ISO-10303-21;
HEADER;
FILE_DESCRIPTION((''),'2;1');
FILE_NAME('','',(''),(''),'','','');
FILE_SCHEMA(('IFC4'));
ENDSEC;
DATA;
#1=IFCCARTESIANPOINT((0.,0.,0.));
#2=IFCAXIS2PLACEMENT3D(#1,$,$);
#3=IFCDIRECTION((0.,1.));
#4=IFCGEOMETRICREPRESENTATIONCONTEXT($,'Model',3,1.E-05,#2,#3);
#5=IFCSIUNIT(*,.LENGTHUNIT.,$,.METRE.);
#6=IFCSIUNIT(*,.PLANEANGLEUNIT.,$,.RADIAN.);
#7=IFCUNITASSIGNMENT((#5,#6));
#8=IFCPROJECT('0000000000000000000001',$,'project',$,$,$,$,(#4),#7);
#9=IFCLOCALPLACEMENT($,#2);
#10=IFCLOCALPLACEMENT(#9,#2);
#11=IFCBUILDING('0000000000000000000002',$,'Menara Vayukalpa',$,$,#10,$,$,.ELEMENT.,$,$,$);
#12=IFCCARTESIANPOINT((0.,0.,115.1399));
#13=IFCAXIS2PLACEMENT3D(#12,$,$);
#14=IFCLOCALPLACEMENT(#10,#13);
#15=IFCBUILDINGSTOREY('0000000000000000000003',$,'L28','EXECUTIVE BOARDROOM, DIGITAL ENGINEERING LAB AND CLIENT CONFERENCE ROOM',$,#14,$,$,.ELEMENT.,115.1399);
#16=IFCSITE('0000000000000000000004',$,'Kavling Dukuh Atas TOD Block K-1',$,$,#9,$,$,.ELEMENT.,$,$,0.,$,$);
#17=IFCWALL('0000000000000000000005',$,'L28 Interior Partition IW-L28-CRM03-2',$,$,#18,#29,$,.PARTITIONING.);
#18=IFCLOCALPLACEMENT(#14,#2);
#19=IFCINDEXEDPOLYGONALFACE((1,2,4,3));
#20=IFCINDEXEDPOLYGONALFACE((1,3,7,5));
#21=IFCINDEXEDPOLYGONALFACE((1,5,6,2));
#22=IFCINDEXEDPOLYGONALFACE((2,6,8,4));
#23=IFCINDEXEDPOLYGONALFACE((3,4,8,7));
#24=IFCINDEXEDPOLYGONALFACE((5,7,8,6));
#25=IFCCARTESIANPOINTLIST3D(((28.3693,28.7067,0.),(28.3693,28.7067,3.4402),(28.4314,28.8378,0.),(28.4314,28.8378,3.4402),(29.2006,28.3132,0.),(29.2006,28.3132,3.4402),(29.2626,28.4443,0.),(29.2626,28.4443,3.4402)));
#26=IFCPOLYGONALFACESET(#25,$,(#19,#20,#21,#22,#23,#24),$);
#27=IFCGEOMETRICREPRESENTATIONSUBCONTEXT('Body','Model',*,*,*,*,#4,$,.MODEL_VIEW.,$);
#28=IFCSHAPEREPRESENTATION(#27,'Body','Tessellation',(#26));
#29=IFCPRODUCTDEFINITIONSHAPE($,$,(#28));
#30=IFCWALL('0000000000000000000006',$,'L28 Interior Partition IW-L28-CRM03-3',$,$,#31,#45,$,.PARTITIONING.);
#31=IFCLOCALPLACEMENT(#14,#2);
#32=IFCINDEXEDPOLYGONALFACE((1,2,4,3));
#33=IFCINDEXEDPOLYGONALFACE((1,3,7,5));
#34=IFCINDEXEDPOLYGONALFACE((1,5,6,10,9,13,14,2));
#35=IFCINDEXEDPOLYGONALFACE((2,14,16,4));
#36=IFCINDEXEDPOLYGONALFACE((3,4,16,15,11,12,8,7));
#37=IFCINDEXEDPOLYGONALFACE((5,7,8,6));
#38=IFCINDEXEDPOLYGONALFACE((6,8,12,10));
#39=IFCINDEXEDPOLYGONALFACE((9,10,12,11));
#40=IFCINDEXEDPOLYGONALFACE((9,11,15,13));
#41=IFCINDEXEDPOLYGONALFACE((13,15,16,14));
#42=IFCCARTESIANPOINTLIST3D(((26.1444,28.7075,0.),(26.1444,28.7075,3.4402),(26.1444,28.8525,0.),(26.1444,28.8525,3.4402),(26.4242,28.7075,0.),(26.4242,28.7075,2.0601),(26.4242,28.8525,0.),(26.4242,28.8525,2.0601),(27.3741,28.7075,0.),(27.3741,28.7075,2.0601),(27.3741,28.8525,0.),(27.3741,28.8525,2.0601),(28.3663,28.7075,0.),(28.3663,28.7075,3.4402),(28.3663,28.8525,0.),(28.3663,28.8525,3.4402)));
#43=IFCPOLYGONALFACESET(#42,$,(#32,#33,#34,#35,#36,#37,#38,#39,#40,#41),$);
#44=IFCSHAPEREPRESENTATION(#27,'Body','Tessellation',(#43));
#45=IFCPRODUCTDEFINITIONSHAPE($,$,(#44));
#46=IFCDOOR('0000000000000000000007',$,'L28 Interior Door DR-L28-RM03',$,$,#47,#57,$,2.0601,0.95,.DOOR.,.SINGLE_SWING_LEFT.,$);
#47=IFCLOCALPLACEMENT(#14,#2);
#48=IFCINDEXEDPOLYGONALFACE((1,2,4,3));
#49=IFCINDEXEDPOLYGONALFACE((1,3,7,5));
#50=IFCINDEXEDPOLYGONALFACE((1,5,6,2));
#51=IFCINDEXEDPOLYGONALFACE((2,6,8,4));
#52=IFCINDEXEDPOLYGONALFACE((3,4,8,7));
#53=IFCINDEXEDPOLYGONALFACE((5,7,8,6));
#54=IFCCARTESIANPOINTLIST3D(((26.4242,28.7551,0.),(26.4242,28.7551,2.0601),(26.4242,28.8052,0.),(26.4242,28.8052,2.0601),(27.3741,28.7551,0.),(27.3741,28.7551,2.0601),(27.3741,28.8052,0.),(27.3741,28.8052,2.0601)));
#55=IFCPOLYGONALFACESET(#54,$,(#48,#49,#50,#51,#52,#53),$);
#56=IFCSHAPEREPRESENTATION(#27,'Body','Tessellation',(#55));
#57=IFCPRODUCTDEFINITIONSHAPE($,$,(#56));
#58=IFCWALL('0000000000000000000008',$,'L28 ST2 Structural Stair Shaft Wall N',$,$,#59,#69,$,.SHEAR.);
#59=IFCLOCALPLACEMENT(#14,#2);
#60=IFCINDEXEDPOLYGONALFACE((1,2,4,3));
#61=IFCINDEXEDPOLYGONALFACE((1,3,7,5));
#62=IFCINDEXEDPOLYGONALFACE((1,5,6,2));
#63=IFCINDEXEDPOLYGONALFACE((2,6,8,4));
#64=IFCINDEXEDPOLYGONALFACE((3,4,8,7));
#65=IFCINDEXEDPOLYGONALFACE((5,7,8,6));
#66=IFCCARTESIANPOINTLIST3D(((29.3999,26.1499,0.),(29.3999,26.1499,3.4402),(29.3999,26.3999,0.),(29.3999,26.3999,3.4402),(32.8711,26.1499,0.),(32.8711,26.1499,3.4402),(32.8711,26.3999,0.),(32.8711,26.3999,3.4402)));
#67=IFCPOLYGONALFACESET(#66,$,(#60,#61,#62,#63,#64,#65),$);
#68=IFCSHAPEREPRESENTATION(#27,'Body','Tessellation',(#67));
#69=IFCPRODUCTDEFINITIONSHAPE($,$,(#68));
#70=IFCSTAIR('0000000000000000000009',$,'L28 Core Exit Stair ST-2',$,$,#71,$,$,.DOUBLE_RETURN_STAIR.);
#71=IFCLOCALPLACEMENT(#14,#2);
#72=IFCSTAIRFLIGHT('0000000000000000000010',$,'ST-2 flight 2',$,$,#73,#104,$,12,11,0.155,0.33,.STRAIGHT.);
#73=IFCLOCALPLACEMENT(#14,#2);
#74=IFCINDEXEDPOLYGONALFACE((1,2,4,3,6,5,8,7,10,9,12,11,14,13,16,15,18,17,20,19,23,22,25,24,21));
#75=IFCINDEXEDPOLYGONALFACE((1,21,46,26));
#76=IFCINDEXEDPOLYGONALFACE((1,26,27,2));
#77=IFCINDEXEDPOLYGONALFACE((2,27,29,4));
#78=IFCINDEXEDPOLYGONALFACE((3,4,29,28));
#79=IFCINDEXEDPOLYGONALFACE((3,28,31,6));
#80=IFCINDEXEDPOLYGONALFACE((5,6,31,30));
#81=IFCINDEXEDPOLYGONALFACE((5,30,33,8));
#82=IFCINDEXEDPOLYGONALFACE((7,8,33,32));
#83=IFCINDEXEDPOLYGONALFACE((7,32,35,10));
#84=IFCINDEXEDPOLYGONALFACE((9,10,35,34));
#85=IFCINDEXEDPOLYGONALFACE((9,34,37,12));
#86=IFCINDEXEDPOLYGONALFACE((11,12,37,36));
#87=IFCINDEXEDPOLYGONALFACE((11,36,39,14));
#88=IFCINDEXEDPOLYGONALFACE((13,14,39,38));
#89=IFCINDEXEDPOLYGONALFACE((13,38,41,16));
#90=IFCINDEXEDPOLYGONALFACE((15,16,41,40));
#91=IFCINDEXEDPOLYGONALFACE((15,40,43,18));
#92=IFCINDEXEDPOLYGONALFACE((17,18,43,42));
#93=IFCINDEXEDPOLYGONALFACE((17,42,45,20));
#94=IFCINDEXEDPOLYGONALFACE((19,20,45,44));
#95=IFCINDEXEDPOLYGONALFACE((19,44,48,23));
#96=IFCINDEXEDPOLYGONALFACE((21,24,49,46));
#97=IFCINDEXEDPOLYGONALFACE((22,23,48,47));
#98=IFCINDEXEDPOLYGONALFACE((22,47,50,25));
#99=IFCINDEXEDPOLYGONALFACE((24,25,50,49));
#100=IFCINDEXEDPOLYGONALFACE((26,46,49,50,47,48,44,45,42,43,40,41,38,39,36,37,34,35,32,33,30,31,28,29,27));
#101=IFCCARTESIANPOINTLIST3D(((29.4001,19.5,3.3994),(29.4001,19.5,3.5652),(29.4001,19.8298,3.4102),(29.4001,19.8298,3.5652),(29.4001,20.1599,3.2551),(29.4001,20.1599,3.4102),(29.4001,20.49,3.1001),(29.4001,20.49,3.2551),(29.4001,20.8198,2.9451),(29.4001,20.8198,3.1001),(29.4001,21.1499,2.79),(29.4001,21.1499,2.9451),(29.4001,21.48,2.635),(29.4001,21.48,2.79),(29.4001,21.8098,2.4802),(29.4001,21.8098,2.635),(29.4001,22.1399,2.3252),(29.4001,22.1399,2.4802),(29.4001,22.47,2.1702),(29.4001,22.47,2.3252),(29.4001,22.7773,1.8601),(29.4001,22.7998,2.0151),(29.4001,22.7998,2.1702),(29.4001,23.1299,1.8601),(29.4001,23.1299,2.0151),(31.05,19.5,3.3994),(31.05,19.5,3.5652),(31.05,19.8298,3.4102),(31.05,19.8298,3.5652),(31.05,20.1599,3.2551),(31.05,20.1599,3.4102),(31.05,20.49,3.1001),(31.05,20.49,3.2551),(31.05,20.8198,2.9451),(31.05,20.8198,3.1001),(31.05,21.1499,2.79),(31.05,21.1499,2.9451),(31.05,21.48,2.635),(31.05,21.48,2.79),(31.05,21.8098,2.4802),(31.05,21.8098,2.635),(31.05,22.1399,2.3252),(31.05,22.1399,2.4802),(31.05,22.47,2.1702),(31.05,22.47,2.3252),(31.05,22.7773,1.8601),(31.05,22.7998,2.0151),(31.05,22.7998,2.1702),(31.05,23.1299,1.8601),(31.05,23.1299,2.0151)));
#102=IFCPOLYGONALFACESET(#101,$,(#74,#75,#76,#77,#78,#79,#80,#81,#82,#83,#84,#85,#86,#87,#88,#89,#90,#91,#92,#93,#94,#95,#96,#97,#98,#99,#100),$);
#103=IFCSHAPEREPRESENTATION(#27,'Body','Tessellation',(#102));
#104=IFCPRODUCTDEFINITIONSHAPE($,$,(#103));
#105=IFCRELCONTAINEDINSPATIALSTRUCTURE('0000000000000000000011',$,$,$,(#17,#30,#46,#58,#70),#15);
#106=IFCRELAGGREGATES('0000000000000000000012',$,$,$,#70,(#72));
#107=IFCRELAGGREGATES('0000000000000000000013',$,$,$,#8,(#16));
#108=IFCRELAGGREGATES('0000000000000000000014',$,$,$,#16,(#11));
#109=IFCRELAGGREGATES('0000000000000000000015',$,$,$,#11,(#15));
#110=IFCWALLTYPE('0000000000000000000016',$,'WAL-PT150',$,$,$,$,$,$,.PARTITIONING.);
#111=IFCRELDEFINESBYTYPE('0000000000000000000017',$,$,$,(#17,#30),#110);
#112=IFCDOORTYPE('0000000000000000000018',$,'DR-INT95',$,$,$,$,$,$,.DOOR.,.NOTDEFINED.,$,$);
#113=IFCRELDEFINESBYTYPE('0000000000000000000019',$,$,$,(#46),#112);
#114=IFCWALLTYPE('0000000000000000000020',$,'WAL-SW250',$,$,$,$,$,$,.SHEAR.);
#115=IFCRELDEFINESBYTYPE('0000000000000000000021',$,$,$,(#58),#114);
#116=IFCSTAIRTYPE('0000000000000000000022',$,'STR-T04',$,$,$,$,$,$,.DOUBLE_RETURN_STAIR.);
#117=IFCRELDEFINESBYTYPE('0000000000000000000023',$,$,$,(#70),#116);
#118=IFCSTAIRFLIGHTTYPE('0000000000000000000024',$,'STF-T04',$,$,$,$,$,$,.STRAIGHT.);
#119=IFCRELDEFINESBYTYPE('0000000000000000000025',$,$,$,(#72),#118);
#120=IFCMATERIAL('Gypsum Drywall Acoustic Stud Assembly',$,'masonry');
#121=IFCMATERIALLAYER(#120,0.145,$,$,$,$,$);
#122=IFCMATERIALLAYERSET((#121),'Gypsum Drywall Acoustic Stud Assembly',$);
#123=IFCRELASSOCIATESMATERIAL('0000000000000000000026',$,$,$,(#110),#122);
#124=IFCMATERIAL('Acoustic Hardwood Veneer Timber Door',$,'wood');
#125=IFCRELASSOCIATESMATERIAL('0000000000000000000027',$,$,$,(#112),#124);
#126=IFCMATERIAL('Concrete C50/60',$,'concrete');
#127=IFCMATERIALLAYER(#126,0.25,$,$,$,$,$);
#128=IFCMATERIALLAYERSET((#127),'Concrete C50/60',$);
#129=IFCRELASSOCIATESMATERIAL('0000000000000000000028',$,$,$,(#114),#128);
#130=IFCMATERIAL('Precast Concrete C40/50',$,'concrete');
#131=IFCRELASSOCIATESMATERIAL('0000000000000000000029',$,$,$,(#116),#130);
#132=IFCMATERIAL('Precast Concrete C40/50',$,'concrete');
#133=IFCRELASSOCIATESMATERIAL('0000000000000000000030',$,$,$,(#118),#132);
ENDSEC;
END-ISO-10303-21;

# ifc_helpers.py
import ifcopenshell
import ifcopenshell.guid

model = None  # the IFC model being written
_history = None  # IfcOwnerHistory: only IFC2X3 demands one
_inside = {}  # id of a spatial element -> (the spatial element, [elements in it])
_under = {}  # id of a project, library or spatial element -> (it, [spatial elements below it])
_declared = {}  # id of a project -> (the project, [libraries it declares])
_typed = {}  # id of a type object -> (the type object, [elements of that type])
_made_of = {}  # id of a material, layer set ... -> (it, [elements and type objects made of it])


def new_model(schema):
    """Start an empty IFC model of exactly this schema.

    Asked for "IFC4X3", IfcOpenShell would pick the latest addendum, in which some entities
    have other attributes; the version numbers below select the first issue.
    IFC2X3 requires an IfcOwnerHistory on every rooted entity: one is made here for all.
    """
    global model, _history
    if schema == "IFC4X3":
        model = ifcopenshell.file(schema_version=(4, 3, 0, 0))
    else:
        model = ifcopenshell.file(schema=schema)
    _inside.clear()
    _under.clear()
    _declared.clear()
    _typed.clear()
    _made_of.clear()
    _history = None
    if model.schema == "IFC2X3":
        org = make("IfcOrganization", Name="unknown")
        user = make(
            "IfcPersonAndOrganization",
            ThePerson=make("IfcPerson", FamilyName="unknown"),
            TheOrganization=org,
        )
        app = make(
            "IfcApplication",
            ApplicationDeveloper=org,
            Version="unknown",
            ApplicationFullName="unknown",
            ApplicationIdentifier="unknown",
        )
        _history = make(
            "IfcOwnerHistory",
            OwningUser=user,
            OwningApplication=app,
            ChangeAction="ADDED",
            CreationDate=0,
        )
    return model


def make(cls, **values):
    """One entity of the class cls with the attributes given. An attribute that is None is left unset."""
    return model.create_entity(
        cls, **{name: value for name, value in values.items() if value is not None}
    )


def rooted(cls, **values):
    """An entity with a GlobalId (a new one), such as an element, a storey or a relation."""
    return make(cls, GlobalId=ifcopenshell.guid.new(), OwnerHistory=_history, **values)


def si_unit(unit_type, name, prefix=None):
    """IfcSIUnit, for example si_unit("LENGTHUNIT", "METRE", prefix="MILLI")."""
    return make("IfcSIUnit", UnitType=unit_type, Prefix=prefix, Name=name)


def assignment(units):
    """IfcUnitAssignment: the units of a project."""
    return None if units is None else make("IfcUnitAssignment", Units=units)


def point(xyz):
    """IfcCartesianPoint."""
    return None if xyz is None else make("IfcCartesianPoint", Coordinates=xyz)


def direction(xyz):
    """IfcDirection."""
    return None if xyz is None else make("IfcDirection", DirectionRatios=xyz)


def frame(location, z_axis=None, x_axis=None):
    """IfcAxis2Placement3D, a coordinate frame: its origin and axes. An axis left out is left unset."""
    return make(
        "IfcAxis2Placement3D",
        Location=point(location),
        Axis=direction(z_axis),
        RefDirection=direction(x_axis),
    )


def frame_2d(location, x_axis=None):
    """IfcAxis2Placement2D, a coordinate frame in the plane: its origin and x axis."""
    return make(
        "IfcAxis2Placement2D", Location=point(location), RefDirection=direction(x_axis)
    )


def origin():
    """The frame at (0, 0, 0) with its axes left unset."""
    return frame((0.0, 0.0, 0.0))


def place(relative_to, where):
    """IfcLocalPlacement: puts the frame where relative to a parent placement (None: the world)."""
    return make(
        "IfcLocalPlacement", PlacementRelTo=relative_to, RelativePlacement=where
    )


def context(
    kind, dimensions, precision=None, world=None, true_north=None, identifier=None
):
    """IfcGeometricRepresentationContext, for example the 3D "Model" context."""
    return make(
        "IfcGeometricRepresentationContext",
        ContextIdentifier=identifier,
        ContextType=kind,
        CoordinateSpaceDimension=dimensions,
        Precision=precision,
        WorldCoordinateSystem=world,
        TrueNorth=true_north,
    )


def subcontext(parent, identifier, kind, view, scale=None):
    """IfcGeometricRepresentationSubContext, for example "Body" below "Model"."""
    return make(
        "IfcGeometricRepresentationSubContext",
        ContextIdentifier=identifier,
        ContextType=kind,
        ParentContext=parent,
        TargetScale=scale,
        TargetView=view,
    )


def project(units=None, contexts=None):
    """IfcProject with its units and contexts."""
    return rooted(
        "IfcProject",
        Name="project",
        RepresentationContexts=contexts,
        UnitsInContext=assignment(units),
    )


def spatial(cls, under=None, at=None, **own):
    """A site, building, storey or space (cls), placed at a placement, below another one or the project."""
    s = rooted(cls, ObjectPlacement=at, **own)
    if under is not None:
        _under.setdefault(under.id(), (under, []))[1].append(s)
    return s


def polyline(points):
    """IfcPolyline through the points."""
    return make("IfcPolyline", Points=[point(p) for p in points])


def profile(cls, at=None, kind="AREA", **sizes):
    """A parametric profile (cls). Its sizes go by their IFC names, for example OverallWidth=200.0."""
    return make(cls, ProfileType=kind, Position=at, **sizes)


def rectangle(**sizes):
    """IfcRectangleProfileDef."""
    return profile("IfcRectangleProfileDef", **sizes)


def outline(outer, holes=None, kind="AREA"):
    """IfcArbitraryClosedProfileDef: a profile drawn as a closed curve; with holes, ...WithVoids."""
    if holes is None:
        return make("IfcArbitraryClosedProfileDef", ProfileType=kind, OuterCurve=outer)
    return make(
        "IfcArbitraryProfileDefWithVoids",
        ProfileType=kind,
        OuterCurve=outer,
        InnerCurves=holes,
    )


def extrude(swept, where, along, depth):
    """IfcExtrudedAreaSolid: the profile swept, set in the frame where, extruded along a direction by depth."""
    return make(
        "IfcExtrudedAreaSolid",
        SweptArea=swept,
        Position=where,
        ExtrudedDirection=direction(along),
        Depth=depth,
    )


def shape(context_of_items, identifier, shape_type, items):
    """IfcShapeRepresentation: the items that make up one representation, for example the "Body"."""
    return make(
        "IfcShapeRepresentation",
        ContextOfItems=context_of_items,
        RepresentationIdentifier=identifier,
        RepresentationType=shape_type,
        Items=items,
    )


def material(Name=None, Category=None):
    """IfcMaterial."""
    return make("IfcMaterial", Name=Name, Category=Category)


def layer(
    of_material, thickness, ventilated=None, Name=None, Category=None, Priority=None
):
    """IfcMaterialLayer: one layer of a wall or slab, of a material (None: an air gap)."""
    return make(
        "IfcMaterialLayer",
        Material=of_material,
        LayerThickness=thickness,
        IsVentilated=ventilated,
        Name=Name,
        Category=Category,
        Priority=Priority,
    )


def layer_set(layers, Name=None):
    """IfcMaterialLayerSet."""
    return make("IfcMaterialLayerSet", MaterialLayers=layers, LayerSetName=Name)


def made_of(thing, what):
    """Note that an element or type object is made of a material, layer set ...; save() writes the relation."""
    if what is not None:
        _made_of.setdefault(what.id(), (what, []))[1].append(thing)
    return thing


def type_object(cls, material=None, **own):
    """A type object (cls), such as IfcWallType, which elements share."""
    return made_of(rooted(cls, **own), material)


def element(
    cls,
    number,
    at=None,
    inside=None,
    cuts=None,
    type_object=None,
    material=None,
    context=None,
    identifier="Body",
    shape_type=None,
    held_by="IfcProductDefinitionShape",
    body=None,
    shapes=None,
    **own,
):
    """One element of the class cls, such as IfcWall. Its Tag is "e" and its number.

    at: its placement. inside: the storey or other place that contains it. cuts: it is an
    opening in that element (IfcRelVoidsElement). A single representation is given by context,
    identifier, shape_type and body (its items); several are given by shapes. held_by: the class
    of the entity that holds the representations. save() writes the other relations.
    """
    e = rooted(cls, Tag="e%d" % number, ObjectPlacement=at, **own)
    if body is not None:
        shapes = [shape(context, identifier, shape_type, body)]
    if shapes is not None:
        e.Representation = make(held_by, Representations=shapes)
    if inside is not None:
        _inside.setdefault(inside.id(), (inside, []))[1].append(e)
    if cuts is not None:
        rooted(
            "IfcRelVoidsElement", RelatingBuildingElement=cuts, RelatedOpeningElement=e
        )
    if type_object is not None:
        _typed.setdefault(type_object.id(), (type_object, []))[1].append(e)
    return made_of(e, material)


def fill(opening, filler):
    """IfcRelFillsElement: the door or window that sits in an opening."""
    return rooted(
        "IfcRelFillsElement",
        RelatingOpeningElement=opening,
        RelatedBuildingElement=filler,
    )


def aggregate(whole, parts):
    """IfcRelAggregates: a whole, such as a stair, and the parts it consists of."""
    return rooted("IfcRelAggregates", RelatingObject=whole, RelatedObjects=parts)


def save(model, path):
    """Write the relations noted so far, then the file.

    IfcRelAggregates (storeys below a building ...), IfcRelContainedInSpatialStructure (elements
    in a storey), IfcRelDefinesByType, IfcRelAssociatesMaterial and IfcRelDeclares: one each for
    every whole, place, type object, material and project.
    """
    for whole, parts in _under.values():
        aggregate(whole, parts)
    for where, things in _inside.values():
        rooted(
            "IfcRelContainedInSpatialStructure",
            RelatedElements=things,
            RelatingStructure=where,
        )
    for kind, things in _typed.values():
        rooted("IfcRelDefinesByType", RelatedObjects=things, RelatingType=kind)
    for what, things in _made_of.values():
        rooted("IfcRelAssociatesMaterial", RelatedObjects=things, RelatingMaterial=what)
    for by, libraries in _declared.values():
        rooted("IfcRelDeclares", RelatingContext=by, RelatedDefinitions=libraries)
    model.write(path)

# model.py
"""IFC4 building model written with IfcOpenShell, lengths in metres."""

from ifc_helpers import new_model, si_unit, direction, frame, frame_2d, origin, place, context, subcontext, project, spatial, polyline, rectangle, outline, extrude, material, layer, layer_set, type_object, element, fill, aggregate, save


model = new_model("IFC4")

# Units and contexts
model_context = context("Model", 3, precision=1e-05, world=origin(), true_north=direction((0.0, 1.0)))
body_context = subcontext(model_context, "Body", "Model", "MODEL_VIEW")
ifc_project = project(units=[si_unit("LENGTHUNIT", "METRE"), si_unit("PLANEANGLEUNIT", "RADIAN")], contexts=[model_context])

# Site, building, storey
site_placement = place(None, origin())
site = spatial("IfcSite", under=ifc_project, at=site_placement, Name="Kavling Dukuh Atas TOD Block K-1", CompositionType="ELEMENT", RefElevation=0.0)
building_placement = place(site_placement, origin())
building = spatial("IfcBuilding", under=site, at=building_placement, Name="Menara Vayukalpa", CompositionType="ELEMENT")
storey_placement = place(building_placement, frame((0.0, 0.0, 115.1399)))
storey = spatial("IfcBuildingStorey", under=building, at=storey_placement, Name="L28", Description="EXECUTIVE BOARDROOM, DIGITAL ENGINEERING LAB AND CLIENT CONFERENCE ROOM", CompositionType="ELEMENT", Elevation=115.1399)

# Wall
ifc_material_1 = material(Name="Gypsum Drywall Acoustic Stud Assembly", Category="masonry")
ifc_layer_1 = layer(ifc_material_1, 0.145)
ifc_layer_set_1 = layer_set([ifc_layer_1], Name="Gypsum Drywall Acoustic Stud Assembly")
wall_type_1 = type_object("IfcWallType", Name="WAL-PT150", PredefinedType="PARTITIONING", material=ifc_layer_set_1)
wall_1_placement = place(storey_placement, frame((29.2317, 28.3787, 0.0), z_axis=(0.0, 0.0, 1.0), x_axis=(-0.90383, 0.427892, 0.0)))
element("IfcWall", 1, at=wall_1_placement, inside=storey, type_object=wall_type_1, Name="L28 Interior Partition IW-L28-CRM03-2", PredefinedType="PARTITIONING", context=body_context, shape_type="SweptSolid", body=[
    extrude(rectangle(XDim=0.9197, YDim=0.145, at=frame_2d((0.46, 0.0))), origin(), (0.0, 0.0, 1.0), 3.4402),
])

# Wall, opening, door
wall_2_placement = place(storey_placement, frame((28.3662, 28.78, 0.0), z_axis=(0.0, 0.0, 1.0), x_axis=(-1.0, 0.0, 0.0)))
wall_2 = element("IfcWall", 2, at=wall_2_placement, inside=storey, type_object=wall_type_1, Name="L28 Interior Partition IW-L28-CRM03-3", PredefinedType="PARTITIONING", context=body_context, shape_type="SweptSolid", body=[
    extrude(rectangle(XDim=2.2219, YDim=0.145, at=frame_2d((1.1108, 0.0))), origin(), (0.0, 0.0, 1.0), 3.4402),
])
opening_placement = place(wall_2_placement, frame((0.9919, 0.0, 0.0)))
opening = element("IfcOpeningElement", 3, at=opening_placement, cuts=wall_2, PredefinedType="OPENING", context=body_context, shape_type="SweptSolid", body=[
    extrude(rectangle(XDim=0.95, YDim=2.0601, at=frame_2d((0.4751, 1.03))), frame((0.0, 0.0825, 0.0), z_axis=(0.0, -1.0, 0.0), x_axis=(1.0, 0.0, 0.0)), (0.0, 0.0, 1.0), 0.165),
])
ifc_material_2 = material(Name="Acoustic Hardwood Veneer Timber Door", Category="wood")
door_type = type_object("IfcDoorType", Name="DR-INT95", OperationType="NOTDEFINED", PredefinedType="DOOR", material=ifc_material_2)
door_placement = place(opening_placement, origin())
door = element("IfcDoor", 4, at=door_placement, inside=storey, type_object=door_type, Name="L28 Interior Door DR-L28-RM03", OperationType="SINGLE_SWING_LEFT", OverallHeight=2.0601, OverallWidth=0.95, PredefinedType="DOOR", context=body_context, shape_type="SweptSolid", body=[
    extrude(rectangle(XDim=0.95, YDim=2.0601, at=frame_2d((0.4751, 1.03))), frame((0.0, 0.0249, 0.0), z_axis=(0.0, -1.0, 0.0), x_axis=(1.0, 0.0, 0.0)), (0.0, 0.0, 1.0), 0.05),
])
fill(opening, door)

# Wall
ifc_material_3 = material(Name="Concrete C50/60", Category="concrete")
ifc_layer_2 = layer(ifc_material_3, 0.25)
ifc_layer_set_2 = layer_set([ifc_layer_2], Name="Concrete C50/60")
wall_type_2 = type_object("IfcWallType", Name="WAL-SW250", PredefinedType="SHEAR", material=ifc_layer_set_2)
wall_3_placement = place(storey_placement, frame((29.3999, 26.2749, 0.0), z_axis=(0.0, 0.0, 1.0), x_axis=(1.0, 0.0, 0.0)))
element("IfcWall", 5, at=wall_3_placement, inside=storey, type_object=wall_type_2, Name="L28 ST2 Structural Stair Shaft Wall N", PredefinedType="SHEAR", context=body_context, shape_type="SweptSolid", body=[
    extrude(rectangle(XDim=3.4712, YDim=0.25, at=frame_2d((1.7356, 0.0))), origin(), (0.0, 0.0, 1.0), 3.4402),
])

# Stair, stair flight
ifc_material_4 = material(Name="Precast Concrete C40/50", Category="concrete")
stair_type = type_object("IfcStairType", Name="STR-T04", PredefinedType="DOUBLE_RETURN_STAIR", material=ifc_material_4)
stair_placement = place(storey_placement, origin())
stair = element("IfcStair", 6, at=stair_placement, inside=storey, type_object=stair_type, Name="L28 Core Exit Stair ST-2", PredefinedType="DOUBLE_RETURN_STAIR")
ifc_material_5 = material(Name="Precast Concrete C40/50", Category="concrete")
stair_flight_type = type_object("IfcStairFlightType", Name="STF-T04", PredefinedType="STRAIGHT", material=ifc_material_5)
stair_flight_placement = place(storey_placement, frame((30.2251, 23.1299, 1.8601), z_axis=(0.0, 0.0, 1.0), x_axis=(0.0, -1.0, 0.0)))
stair_flight = element("IfcStairFlight", 7, at=stair_flight_placement, type_object=stair_flight_type, Name="ST-2 flight 2", NumberOfRisers=12, NumberOfTreads=11, PredefinedType="STRAIGHT", RiserHeight=0.155, TreadLength=0.33, context=body_context, shape_type="SweptSolid", body=[
    extrude(outline(polyline([(0.0, 0.0), (0.0, 0.155), (0.3301, 0.155), (0.3301, 0.3101), (0.6599, 0.3101), (0.6599, 0.4651), (0.99, 0.4651), (0.99, 0.6201), (1.3201, 0.6201), (1.3201, 0.7749), (1.6499, 0.7749), (1.6499, 0.9299), (1.98, 0.9299), (1.98, 1.085), (2.3101, 1.085), (2.3101, 1.24), (2.6399, 1.24), (2.6399, 1.395), (2.97, 1.395), (2.97, 1.55), (3.3, 1.55), (3.3, 1.7051), (3.6299, 1.7051), (3.6299, 1.8601), (3.6299, 1.5393), (0.3525, 0.0), (0.0, 0.0)])), frame((0.0, 0.825, 0.0), z_axis=(0.0, -1.0, 0.0), x_axis=(1.0, 0.0, 0.0)), (0.0, 0.0, 1.0), 1.6499),
])
aggregate(stair, [stair_flight])

save(model, "model.ifc")
